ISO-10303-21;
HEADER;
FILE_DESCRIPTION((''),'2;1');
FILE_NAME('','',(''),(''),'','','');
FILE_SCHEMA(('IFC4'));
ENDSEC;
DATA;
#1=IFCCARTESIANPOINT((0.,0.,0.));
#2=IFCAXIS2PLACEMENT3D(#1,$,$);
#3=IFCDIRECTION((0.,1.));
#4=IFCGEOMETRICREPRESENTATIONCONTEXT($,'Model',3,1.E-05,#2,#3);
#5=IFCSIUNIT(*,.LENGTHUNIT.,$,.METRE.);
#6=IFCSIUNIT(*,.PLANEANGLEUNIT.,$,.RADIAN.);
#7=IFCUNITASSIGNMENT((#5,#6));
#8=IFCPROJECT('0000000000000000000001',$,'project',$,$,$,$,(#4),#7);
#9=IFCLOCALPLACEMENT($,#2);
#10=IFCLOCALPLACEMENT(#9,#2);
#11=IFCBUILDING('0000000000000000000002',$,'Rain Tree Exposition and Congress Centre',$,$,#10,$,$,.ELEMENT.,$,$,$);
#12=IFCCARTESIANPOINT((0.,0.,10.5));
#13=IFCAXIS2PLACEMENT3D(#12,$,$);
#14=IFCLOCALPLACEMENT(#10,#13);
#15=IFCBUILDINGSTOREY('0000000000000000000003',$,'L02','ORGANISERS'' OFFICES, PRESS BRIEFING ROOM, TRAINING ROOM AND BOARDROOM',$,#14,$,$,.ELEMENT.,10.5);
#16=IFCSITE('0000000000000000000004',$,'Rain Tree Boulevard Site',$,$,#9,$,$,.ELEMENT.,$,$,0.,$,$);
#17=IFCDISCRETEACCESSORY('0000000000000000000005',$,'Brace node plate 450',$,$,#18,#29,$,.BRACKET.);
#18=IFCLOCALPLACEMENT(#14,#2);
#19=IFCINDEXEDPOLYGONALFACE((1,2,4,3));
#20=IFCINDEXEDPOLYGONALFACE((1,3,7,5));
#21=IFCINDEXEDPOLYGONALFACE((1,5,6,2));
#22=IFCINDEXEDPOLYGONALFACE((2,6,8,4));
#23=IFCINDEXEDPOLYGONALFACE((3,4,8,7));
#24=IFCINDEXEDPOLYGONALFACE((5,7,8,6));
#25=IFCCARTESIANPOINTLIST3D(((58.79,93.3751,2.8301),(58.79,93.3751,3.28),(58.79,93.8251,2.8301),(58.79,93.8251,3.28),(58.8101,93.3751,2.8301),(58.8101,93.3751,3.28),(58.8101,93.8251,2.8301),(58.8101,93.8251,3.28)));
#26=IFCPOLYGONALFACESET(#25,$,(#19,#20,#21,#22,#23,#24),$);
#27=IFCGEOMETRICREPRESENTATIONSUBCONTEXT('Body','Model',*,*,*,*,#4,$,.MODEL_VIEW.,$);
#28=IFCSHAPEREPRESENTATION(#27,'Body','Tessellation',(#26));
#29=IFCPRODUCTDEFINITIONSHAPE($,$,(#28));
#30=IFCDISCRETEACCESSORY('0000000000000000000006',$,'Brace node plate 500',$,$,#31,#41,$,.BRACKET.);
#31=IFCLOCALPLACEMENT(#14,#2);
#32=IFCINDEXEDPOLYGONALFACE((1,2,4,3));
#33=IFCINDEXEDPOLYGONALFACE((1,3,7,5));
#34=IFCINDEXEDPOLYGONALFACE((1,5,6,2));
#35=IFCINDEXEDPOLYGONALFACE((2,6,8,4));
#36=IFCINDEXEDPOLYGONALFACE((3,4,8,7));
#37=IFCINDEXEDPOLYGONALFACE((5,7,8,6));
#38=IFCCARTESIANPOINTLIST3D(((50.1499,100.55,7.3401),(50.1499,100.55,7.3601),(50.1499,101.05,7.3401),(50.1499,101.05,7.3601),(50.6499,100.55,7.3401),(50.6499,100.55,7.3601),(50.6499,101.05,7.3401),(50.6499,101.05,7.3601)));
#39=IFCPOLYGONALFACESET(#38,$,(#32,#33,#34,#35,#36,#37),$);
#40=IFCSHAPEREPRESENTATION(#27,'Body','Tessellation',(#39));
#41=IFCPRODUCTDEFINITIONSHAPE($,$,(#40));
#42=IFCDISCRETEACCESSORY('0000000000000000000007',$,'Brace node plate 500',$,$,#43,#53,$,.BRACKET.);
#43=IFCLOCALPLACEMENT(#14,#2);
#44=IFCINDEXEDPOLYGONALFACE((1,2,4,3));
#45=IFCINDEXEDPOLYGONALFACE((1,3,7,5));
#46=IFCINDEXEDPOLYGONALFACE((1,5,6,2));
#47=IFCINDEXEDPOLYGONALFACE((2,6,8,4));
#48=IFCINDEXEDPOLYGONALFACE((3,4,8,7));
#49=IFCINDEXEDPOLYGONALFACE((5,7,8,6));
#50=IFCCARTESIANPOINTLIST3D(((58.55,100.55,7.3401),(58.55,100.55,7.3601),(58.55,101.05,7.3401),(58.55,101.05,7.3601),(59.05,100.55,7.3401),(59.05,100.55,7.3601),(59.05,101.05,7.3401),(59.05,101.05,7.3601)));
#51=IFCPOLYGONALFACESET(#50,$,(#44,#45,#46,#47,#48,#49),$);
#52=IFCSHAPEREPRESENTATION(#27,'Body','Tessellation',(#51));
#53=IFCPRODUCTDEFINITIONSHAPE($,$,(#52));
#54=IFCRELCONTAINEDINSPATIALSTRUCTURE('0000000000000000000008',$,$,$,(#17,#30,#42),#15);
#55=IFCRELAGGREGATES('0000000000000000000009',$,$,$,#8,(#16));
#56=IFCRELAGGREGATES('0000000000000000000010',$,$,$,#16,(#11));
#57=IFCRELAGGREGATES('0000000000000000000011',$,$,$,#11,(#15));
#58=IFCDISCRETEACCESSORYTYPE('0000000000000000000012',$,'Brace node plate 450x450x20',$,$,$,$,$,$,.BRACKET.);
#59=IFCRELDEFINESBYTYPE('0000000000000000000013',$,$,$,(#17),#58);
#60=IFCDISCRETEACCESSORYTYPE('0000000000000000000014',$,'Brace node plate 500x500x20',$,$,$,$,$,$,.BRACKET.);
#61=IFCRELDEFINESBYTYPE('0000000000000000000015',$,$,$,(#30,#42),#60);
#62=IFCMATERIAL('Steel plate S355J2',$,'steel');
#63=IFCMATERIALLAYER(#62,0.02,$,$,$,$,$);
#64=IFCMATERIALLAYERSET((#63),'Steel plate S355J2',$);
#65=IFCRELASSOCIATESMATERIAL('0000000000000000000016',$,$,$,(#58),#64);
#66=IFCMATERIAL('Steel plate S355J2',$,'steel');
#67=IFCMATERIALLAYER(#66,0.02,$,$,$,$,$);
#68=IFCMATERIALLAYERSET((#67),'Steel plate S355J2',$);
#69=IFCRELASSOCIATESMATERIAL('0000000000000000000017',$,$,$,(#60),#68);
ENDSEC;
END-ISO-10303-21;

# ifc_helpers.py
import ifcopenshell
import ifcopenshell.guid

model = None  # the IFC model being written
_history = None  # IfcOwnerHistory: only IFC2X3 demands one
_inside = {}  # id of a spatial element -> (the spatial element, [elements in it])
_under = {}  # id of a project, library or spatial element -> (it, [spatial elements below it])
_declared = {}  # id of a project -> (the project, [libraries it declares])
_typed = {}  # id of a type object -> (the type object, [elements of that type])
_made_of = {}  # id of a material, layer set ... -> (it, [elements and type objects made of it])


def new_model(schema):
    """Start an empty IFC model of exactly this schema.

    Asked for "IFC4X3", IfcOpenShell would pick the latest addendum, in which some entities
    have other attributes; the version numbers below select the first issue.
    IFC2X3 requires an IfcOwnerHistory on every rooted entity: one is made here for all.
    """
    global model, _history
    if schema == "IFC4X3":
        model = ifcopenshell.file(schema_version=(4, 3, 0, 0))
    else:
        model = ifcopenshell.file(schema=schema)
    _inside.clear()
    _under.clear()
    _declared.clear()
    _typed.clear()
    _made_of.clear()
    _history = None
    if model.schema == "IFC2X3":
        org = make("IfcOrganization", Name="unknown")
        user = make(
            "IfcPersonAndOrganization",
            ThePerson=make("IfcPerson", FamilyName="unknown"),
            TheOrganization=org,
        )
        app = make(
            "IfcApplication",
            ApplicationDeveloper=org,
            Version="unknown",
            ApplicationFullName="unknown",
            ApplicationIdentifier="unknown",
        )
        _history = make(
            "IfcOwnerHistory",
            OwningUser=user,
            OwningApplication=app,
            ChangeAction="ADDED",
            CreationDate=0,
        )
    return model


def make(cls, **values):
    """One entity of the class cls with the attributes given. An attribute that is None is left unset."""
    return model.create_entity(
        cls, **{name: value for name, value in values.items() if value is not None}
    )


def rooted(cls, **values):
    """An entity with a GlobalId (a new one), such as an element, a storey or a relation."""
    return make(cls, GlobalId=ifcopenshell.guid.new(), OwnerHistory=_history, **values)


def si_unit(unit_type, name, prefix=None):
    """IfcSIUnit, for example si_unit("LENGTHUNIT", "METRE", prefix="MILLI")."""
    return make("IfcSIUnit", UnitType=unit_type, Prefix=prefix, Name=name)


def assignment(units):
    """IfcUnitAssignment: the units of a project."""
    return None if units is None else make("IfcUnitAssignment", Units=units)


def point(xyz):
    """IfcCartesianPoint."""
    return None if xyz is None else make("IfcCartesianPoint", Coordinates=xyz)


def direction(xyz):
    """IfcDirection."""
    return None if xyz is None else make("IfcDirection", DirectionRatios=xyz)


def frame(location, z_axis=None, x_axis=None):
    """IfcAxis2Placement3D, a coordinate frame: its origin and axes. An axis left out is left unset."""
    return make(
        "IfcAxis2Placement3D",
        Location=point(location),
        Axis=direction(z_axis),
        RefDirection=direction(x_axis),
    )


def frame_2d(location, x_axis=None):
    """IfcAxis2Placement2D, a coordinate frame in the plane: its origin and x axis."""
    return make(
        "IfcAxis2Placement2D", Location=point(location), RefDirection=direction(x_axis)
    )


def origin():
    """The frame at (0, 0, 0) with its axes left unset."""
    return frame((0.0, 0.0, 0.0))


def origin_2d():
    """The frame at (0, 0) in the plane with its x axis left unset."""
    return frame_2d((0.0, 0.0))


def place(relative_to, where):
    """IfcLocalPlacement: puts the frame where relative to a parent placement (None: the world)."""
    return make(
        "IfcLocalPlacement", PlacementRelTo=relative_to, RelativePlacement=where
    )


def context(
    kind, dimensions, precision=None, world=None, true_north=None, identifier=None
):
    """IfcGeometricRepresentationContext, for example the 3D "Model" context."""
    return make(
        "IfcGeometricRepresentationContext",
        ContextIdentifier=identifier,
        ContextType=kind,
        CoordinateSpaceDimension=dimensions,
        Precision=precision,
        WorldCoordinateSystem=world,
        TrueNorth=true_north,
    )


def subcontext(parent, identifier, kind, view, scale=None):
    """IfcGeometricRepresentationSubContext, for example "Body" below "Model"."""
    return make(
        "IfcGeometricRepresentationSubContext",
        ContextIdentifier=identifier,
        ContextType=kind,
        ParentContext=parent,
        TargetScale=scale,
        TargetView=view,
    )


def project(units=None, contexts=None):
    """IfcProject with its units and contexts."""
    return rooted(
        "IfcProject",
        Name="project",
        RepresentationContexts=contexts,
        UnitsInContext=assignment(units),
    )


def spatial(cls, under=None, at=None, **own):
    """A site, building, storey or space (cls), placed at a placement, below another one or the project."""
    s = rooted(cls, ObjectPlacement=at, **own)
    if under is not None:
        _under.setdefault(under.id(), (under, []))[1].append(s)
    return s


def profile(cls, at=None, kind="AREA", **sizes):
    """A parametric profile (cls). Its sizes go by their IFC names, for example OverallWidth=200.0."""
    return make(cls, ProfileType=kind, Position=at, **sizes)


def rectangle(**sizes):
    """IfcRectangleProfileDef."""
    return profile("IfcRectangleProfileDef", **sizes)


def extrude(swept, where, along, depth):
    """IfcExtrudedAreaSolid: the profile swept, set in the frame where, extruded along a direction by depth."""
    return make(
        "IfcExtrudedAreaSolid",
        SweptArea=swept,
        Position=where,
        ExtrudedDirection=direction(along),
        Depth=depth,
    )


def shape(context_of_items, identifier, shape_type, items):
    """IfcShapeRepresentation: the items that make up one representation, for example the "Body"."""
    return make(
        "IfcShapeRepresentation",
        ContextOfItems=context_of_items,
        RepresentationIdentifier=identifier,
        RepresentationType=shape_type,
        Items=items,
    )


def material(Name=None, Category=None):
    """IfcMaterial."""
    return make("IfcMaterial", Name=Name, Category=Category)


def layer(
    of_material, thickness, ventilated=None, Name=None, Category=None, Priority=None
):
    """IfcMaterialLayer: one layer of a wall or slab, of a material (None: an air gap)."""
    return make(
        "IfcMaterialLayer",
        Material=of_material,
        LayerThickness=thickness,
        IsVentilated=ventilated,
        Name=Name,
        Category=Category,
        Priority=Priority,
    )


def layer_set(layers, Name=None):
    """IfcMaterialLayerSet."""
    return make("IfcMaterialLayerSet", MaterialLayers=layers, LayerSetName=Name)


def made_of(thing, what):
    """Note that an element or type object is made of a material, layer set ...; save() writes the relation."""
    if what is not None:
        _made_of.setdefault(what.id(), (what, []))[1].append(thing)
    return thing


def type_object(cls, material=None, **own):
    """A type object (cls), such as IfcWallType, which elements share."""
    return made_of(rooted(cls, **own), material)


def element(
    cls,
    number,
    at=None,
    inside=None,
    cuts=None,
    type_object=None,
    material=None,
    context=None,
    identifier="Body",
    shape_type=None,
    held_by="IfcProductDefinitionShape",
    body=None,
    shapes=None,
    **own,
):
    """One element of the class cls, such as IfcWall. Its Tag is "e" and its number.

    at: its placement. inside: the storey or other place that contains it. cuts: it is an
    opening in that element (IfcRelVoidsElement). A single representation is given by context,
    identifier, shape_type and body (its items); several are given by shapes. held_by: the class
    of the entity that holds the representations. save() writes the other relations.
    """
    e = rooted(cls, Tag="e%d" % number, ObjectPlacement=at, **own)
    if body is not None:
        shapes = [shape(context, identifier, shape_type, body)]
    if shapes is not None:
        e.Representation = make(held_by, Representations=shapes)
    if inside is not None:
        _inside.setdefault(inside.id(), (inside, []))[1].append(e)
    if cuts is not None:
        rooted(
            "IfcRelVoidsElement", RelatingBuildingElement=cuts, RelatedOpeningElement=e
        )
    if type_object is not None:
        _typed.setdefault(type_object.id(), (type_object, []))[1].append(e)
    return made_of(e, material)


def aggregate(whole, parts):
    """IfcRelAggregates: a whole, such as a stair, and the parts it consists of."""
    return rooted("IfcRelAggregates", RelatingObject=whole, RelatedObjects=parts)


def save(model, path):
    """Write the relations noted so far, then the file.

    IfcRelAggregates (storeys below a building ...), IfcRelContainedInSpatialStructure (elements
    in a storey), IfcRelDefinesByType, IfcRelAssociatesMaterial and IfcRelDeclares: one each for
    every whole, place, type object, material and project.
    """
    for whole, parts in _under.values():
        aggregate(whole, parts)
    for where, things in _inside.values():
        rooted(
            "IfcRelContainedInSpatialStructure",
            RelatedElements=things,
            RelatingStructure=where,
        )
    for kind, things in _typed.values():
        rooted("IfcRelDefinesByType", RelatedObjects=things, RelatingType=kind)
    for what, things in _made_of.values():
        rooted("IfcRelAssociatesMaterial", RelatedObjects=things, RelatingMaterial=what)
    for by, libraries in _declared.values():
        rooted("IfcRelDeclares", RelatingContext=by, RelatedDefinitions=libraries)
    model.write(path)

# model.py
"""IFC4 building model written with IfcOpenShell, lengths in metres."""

from ifc_helpers import new_model, si_unit, direction, frame, origin, origin_2d, place, context, subcontext, project, spatial, rectangle, extrude, material, layer, layer_set, type_object, element, save


model = new_model("IFC4")

# Units and contexts
model_context = context("Model", 3, precision=1e-05, world=origin(), true_north=direction((0.0, 1.0)))
body_context = subcontext(model_context, "Body", "Model", "MODEL_VIEW")
ifc_project = project(units=[si_unit("LENGTHUNIT", "METRE"), si_unit("PLANEANGLEUNIT", "RADIAN")], contexts=[model_context])

# Site, building, storey
site_placement = place(None, origin())
site = spatial("IfcSite", under=ifc_project, at=site_placement, Name="Rain Tree Boulevard Site", CompositionType="ELEMENT", RefElevation=0.0)
building_placement = place(site_placement, origin())
building = spatial("IfcBuilding", under=site, at=building_placement, Name="Rain Tree Exposition and Congress Centre", CompositionType="ELEMENT")
storey_placement = place(building_placement, frame((0.0, 0.0, 10.5)))
storey = spatial("IfcBuildingStorey", under=building, at=storey_placement, Name="L02", Description="ORGANISERS' OFFICES, PRESS BRIEFING ROOM, TRAINING ROOM AND BOARDROOM", CompositionType="ELEMENT", Elevation=10.5)

# Discrete accessories
ifc_material_1 = material(Name="Steel plate S355J2", Category="steel")
ifc_layer_1 = layer(ifc_material_1, 0.02)
ifc_layer_set_1 = layer_set([ifc_layer_1], Name="Steel plate S355J2")
discrete_accessory_type_1 = type_object("IfcDiscreteAccessoryType", Name="Brace node plate 450x450x20", PredefinedType="BRACKET", material=ifc_layer_set_1)
for number, where, z_axis, x_axis, name in (
    (1, (58.8, 93.6001, 2.8301), (0.0, 0.0, 1.0), (0.0, 1.0, 0.0), "Brace node plate 450"),
):
    element("IfcDiscreteAccessory", number, at=place(storey_placement, frame(where, z_axis=z_axis, x_axis=x_axis)), inside=storey, type_object=discrete_accessory_type_1, Name=name, PredefinedType="BRACKET", context=body_context, shape_type="SweptSolid", body=[
        extrude(rectangle(XDim=0.45, YDim=0.02, at=origin_2d()), origin(), (0.0, 0.0, 1.0), 0.45),
    ])
ifc_material_2 = material(Name="Steel plate S355J2", Category="steel")
ifc_layer_2 = layer(ifc_material_2, 0.02)
ifc_layer_set_2 = layer_set([ifc_layer_2], Name="Steel plate S355J2")
discrete_accessory_type_2 = type_object("IfcDiscreteAccessoryType", Name="Brace node plate 500x500x20", PredefinedType="BRACKET", material=ifc_layer_set_2)
for number, where, z_axis, x_axis, name in (
    (2, (50.3999, 100.8, 7.3401), (0.0, 0.0, 1.0), (1.0, 0.0, 0.0), "Brace node plate 500"),
    (3, (58.8, 100.8, 7.3401), (0.0, 0.0, 1.0), (1.0, 0.0, 0.0), "Brace node plate 500"),
):
    element("IfcDiscreteAccessory", number, at=place(storey_placement, frame(where, z_axis=z_axis, x_axis=x_axis)), inside=storey, type_object=discrete_accessory_type_2, Name=name, PredefinedType="BRACKET", context=body_context, shape_type="SweptSolid", body=[
        extrude(rectangle(XDim=0.5, YDim=0.5, at=origin_2d()), origin(), (0.0, 0.0, 1.0), 0.02),
    ])

save(model, "model.ifc")
